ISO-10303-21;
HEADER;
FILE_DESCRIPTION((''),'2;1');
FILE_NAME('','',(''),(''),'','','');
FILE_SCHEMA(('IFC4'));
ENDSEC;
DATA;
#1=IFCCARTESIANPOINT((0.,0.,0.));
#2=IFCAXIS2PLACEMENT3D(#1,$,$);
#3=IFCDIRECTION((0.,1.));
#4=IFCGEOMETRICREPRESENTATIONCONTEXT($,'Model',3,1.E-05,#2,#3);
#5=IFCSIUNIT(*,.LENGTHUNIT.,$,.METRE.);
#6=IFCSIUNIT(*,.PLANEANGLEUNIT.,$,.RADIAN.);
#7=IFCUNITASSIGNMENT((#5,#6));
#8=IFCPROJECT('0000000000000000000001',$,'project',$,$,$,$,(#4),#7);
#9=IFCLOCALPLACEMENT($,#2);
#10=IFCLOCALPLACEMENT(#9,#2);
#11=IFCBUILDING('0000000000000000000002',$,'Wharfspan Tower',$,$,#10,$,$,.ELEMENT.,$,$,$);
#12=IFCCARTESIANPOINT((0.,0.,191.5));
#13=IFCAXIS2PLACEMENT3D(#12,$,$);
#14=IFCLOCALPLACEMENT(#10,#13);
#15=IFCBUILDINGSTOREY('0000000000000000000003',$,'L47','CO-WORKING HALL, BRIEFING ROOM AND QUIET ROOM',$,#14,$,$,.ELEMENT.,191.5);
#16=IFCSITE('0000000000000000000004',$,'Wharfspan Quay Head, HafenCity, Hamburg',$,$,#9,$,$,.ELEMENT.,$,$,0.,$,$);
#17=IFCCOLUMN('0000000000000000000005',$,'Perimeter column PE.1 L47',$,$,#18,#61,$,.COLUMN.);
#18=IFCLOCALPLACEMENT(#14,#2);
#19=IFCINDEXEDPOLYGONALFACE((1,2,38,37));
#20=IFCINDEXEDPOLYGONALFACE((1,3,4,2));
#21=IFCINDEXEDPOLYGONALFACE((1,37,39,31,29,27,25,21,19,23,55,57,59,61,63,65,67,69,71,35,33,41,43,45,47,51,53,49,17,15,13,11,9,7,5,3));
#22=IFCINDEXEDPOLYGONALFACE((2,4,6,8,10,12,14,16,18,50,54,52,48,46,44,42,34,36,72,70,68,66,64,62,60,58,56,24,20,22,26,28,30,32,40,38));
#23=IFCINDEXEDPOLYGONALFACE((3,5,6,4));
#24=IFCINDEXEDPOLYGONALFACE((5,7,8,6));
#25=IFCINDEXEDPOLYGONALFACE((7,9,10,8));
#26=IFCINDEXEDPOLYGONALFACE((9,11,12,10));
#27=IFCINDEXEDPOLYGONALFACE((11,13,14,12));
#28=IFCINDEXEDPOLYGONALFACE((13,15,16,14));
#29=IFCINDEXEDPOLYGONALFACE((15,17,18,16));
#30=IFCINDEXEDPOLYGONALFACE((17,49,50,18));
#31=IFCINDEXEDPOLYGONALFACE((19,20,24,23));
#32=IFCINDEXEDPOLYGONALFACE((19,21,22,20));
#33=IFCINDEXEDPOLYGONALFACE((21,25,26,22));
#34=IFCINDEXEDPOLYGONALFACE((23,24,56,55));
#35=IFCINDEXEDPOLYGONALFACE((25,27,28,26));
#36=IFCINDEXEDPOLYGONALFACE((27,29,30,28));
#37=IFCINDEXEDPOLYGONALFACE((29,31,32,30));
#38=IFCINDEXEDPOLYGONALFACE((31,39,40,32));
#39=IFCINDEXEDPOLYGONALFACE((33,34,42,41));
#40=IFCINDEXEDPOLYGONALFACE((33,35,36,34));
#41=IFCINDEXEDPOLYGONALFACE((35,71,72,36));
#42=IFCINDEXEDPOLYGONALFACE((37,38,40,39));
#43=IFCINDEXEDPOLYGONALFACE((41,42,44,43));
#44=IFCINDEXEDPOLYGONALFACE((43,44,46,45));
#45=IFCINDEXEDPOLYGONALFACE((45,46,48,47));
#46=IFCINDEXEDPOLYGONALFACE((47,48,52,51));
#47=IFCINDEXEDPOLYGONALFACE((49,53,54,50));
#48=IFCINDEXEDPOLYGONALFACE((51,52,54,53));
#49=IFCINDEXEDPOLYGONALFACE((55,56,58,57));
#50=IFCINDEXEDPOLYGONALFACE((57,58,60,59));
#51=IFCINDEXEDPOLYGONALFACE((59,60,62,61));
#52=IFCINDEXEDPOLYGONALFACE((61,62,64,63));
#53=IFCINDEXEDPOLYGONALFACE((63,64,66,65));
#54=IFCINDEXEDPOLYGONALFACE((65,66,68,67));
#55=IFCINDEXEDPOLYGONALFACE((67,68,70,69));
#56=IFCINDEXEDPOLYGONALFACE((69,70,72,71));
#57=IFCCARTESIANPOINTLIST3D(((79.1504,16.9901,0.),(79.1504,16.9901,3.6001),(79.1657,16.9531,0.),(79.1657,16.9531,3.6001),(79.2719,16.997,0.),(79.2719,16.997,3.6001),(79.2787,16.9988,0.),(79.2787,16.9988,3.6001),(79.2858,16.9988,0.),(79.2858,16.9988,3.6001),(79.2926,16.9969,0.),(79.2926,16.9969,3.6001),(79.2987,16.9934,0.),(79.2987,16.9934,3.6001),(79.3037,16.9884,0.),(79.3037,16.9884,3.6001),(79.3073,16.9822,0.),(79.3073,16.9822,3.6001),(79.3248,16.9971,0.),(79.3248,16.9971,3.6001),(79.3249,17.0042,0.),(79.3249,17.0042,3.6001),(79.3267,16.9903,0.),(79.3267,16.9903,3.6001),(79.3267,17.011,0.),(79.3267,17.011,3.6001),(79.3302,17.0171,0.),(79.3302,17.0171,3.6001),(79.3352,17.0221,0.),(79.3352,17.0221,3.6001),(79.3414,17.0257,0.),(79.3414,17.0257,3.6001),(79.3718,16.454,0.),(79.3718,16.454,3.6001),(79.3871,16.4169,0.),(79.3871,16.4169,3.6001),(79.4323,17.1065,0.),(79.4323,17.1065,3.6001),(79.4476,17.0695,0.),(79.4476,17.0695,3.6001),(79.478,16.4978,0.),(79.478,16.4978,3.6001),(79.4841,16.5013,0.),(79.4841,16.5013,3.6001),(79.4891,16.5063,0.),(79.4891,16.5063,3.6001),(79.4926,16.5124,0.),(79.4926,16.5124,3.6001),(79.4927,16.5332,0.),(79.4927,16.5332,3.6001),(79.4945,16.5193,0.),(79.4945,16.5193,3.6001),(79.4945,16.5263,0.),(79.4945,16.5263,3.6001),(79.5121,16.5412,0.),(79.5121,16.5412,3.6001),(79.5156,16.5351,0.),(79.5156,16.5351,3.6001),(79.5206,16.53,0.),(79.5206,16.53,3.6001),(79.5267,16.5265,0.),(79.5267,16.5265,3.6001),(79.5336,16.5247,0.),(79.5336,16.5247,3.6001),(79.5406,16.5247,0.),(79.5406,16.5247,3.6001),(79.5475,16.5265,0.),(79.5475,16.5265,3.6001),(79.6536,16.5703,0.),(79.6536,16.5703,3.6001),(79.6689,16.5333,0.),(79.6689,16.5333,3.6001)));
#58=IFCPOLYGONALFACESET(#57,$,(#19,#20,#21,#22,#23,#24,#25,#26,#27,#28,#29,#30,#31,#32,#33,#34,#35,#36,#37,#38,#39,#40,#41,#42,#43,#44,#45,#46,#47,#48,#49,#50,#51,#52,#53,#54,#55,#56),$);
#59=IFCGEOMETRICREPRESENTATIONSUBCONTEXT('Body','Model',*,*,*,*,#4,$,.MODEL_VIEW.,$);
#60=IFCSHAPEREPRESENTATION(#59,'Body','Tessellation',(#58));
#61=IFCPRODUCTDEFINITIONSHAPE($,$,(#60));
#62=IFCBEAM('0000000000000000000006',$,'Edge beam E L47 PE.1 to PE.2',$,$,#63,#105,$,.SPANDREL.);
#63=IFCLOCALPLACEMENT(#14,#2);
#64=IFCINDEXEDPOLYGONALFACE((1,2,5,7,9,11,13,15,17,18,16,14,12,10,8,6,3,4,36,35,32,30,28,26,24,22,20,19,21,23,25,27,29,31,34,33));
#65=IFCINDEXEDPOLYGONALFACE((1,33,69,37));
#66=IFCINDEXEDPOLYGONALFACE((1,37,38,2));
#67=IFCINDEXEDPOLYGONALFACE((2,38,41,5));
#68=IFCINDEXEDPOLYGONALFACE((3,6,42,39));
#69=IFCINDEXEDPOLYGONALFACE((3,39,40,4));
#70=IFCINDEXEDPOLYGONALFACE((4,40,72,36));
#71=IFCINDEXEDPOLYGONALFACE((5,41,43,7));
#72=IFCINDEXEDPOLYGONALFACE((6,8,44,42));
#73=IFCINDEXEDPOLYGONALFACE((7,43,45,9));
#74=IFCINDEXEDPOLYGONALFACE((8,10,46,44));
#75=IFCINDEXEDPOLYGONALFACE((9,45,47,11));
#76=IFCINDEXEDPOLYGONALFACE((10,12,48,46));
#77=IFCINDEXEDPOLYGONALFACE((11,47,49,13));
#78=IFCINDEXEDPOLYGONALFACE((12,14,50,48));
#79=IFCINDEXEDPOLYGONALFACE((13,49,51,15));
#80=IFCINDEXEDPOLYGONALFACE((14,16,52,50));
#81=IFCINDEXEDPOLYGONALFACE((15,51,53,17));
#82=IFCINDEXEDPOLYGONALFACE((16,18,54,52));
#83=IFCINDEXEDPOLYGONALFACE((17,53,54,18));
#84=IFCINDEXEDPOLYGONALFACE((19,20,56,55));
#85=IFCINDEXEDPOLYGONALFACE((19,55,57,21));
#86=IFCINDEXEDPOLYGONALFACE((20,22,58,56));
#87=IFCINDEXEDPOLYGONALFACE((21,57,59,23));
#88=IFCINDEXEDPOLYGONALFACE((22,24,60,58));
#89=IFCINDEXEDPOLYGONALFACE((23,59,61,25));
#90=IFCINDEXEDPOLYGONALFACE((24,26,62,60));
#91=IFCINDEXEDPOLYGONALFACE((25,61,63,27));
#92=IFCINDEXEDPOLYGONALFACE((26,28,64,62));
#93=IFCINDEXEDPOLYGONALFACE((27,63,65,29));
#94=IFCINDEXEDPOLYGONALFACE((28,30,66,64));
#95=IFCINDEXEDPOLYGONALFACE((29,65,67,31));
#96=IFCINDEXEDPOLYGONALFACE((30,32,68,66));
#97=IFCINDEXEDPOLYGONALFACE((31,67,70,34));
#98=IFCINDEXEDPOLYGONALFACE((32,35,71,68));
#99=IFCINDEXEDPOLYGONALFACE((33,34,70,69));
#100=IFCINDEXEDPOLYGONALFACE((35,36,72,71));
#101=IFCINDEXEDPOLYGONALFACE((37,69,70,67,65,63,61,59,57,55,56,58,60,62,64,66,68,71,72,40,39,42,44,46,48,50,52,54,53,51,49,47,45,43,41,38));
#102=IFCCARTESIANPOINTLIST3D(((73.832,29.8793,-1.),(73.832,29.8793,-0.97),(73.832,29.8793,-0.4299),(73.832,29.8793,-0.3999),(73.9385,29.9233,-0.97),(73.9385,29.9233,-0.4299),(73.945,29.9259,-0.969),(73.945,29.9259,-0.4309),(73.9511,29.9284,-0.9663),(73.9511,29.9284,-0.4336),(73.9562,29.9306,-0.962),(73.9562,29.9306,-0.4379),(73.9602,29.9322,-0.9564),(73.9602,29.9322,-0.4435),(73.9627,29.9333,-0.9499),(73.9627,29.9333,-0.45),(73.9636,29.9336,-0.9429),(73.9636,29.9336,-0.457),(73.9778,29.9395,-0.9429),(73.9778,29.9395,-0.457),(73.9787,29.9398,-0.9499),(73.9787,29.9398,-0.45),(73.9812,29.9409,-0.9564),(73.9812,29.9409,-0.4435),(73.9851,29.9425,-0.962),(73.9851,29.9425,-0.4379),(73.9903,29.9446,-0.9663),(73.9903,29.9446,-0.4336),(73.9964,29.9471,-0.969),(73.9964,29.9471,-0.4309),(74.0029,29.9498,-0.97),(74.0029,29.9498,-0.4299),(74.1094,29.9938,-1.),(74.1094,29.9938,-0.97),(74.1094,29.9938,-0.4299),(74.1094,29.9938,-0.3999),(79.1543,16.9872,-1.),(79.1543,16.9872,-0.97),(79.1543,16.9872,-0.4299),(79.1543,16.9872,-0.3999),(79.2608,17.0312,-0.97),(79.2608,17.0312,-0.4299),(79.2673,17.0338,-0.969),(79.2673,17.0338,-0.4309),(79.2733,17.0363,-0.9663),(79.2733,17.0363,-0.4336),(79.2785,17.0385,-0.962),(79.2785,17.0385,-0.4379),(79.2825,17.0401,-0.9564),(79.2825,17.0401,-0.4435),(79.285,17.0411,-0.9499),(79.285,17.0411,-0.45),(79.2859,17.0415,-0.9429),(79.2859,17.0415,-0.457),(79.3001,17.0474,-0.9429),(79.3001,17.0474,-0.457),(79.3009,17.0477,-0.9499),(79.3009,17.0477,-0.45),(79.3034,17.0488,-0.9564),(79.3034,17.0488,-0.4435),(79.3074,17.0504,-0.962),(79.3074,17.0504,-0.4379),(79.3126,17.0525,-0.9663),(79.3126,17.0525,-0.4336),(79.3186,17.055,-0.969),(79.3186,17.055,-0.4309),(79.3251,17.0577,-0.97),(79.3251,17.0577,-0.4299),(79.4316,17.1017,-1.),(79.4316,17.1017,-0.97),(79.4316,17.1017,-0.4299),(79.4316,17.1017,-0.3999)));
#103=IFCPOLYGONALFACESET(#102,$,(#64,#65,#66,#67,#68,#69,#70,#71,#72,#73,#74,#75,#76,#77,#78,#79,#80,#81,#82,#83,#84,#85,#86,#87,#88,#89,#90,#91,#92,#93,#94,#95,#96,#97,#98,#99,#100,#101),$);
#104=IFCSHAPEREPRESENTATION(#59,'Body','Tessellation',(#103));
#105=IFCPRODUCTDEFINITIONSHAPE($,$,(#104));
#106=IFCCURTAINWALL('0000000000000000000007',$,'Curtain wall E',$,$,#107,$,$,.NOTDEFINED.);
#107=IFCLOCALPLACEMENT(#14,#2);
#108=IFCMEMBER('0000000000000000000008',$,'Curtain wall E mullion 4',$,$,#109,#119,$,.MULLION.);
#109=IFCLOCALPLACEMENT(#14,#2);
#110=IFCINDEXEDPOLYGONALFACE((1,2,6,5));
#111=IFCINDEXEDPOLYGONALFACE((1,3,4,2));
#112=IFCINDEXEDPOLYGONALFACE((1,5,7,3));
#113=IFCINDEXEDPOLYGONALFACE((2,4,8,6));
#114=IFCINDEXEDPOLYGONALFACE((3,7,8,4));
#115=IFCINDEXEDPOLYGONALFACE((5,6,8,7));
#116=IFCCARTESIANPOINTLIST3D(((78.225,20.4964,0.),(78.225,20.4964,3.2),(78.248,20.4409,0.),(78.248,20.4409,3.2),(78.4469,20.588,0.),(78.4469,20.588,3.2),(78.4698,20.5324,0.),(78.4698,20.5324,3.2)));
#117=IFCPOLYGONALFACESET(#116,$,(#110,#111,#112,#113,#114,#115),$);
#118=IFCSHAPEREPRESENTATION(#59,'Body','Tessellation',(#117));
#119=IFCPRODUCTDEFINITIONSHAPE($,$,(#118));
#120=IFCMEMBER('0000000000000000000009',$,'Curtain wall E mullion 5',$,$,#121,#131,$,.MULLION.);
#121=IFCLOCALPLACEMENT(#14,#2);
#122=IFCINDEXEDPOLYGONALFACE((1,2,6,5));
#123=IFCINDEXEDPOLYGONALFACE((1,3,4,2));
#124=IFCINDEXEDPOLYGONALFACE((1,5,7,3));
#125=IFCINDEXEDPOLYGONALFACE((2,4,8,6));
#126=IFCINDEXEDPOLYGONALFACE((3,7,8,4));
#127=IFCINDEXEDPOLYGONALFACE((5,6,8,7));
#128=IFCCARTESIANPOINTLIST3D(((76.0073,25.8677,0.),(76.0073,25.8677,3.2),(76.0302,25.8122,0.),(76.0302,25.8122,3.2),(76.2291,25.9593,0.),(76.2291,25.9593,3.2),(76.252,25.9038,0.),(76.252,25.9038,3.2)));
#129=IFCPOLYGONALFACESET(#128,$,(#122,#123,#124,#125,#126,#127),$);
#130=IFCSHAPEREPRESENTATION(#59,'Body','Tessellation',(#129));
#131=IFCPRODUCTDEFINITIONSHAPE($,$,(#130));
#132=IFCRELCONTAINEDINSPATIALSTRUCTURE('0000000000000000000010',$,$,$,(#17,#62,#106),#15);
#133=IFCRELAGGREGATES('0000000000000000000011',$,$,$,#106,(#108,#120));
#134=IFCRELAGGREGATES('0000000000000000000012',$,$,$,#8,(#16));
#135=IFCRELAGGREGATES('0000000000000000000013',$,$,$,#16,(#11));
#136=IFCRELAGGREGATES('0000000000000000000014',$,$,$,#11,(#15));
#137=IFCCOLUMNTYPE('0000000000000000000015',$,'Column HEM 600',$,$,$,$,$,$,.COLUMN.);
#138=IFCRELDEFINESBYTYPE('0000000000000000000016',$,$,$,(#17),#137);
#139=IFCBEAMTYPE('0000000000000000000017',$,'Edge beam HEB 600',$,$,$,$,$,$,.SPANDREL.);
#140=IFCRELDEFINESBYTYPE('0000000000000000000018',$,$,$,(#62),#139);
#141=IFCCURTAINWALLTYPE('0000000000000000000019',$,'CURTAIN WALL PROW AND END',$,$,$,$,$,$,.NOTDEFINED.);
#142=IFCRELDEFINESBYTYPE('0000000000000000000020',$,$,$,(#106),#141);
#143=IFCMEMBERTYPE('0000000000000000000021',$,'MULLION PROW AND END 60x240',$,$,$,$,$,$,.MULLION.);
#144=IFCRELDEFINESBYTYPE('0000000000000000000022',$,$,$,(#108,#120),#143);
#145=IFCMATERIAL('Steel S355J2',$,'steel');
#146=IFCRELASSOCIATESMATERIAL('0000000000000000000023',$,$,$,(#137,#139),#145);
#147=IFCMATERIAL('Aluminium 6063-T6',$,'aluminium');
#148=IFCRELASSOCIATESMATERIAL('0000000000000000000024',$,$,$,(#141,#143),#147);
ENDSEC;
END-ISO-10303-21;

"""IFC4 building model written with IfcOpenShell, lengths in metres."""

from ifc_helpers import new_model, si_unit, direction, frame, origin, origin_2d, place, context, subcontext, project, spatial, rectangle, i_section, extrude, material, material_profile, profile_set, type_object, element, aggregate, save


model = new_model("IFC4")

# Units and contexts
model_context = context("Model", 3, precision=1e-05, world=origin(), true_north=direction((0.0, 1.0)))
body_context = subcontext(model_context, "Body", "Model", "MODEL_VIEW")
ifc_project = project(units=[si_unit("LENGTHUNIT", "METRE"), si_unit("PLANEANGLEUNIT", "RADIAN")], contexts=[model_context])

# Site, building, storey
site_placement = place(None, origin())
site = spatial("IfcSite", under=ifc_project, at=site_placement, Name="Wharfspan Quay Head, HafenCity, Hamburg", CompositionType="ELEMENT", RefElevation=0.0)
building_placement = place(site_placement, origin())
building = spatial("IfcBuilding", under=site, at=building_placement, Name="Wharfspan Tower", CompositionType="ELEMENT")
storey_placement = place(building_placement, frame((0.0, 0.0, 191.5)))
storey = spatial("IfcBuildingStorey", under=building, at=storey_placement, Name="L47", Description="CO-WORKING HALL, BRIEFING ROOM AND QUIET ROOM", CompositionType="ELEMENT", Elevation=191.5)

# Column
ifc_material_1 = material(Name="Steel S355J2", Category="steel")
ifc_material_profile_1 = material_profile(ifc_material_1, i_section(OverallWidth=0.3049, OverallDepth=0.6201, WebThickness=0.021, FlangeThickness=0.04, FilletRadius=0.0271, at=origin_2d()))
ifc_profile_set_1 = profile_set([ifc_material_profile_1], Name="Steel S355J2")
column_type = type_object("IfcColumnType", Name="Column HEM 600", PredefinedType="COLUMN", material=ifc_profile_set_1)
column_placement = place(storey_placement, frame((79.4097, 16.7617, 0.0), z_axis=(0.0, 0.0, 1.0), x_axis=(0.924325, 0.381602, 0.0)))
element("IfcColumn", 1, at=column_placement, inside=storey, type_object=column_type, Name="Perimeter column PE.1 L47", PredefinedType="COLUMN", context=body_context, shape_type="SweptSolid", body=[
    extrude(i_section(OverallWidth=0.3049, OverallDepth=0.6201, WebThickness=0.021, FlangeThickness=0.04, FilletRadius=0.0271, at=origin_2d()), origin(), (0.0, 0.0, 1.0), 3.6001),
])

# Beam
ifc_material_profile_2 = material_profile(ifc_material_1, i_section(OverallWidth=0.3, OverallDepth=0.6001, WebThickness=0.0154, FlangeThickness=0.03, FilletRadius=0.0271, at=origin_2d()))
ifc_profile_set_2 = profile_set([ifc_material_profile_2], Name="Steel S355J2")
beam_type = type_object("IfcBeamType", Name="Edge beam HEB 600", PredefinedType="SPANDREL", material=ifc_profile_set_2)
beam_placement = place(storey_placement, frame((79.293, 17.0444, -0.7), z_axis=(-0.381593, 0.92433, 0.0), x_axis=(-0.92433, -0.381593, 0.0)))
element("IfcBeam", 2, at=beam_placement, inside=storey, type_object=beam_type, Name="Edge beam E L47 PE.1 to PE.2", PredefinedType="SPANDREL", context=body_context, shape_type="SweptSolid", body=[
    extrude(i_section(OverallWidth=0.3, OverallDepth=0.6001, WebThickness=0.0154, FlangeThickness=0.03, FilletRadius=0.0271, at=origin_2d()), origin(), (0.0, 0.0, 1.0), 13.9475),
])

# Curtain wall, members
ifc_material_2 = material(Name="Aluminium 6063-T6", Category="aluminium")
curtain_wall_type = type_object("IfcCurtainWallType", Name="CURTAIN WALL PROW AND END", PredefinedType="NOTDEFINED", material=ifc_material_2)
curtain_wall_placement = place(storey_placement, origin())
curtain_wall = element("IfcCurtainWall", 3, at=curtain_wall_placement, inside=storey, type_object=curtain_wall_type, Name="Curtain wall E", PredefinedType="NOTDEFINED")
ifc_material_profile_3 = material_profile(ifc_material_2, rectangle(XDim=0.24, YDim=0.0601, at=origin_2d()))
ifc_profile_set_3 = profile_set([ifc_material_profile_3], Name="Aluminium 6063-T6")
member_type_1 = type_object("IfcMemberType", Name="MULLION PROW AND END 60x240", PredefinedType="MULLION", material=ifc_profile_set_3)
member_1_placement = place(storey_placement, frame((78.3474, 20.5144, 0.0), z_axis=(0.0, 0.0, 1.0), x_axis=(-0.924325, -0.381602, 0.0)))
member_1 = element("IfcMember", 4, at=member_1_placement, type_object=member_type_1, Name="Curtain wall E mullion 4", PredefinedType="MULLION", context=body_context, shape_type="SweptSolid", body=[
    extrude(rectangle(XDim=0.24, YDim=0.0601, at=origin_2d()), origin(), (0.0, 0.0, 1.0), 3.2),
])
member_2_placement = place(storey_placement, frame((76.1296, 25.8857, 0.0), z_axis=(0.0, 0.0, 1.0), x_axis=(-0.924325, -0.381602, 0.0)))
member_2 = element("IfcMember", 5, at=member_2_placement, type_object=member_type_1, Name="Curtain wall E mullion 5", PredefinedType="MULLION", context=body_context, shape_type="SweptSolid", body=[
    extrude(rectangle(XDim=0.24, YDim=0.0601, at=origin_2d()), origin(), (0.0, 0.0, 1.0), 3.2),
])

aggregate(curtain_wall, [member_1, member_2])

save(model, "model.ifc")
